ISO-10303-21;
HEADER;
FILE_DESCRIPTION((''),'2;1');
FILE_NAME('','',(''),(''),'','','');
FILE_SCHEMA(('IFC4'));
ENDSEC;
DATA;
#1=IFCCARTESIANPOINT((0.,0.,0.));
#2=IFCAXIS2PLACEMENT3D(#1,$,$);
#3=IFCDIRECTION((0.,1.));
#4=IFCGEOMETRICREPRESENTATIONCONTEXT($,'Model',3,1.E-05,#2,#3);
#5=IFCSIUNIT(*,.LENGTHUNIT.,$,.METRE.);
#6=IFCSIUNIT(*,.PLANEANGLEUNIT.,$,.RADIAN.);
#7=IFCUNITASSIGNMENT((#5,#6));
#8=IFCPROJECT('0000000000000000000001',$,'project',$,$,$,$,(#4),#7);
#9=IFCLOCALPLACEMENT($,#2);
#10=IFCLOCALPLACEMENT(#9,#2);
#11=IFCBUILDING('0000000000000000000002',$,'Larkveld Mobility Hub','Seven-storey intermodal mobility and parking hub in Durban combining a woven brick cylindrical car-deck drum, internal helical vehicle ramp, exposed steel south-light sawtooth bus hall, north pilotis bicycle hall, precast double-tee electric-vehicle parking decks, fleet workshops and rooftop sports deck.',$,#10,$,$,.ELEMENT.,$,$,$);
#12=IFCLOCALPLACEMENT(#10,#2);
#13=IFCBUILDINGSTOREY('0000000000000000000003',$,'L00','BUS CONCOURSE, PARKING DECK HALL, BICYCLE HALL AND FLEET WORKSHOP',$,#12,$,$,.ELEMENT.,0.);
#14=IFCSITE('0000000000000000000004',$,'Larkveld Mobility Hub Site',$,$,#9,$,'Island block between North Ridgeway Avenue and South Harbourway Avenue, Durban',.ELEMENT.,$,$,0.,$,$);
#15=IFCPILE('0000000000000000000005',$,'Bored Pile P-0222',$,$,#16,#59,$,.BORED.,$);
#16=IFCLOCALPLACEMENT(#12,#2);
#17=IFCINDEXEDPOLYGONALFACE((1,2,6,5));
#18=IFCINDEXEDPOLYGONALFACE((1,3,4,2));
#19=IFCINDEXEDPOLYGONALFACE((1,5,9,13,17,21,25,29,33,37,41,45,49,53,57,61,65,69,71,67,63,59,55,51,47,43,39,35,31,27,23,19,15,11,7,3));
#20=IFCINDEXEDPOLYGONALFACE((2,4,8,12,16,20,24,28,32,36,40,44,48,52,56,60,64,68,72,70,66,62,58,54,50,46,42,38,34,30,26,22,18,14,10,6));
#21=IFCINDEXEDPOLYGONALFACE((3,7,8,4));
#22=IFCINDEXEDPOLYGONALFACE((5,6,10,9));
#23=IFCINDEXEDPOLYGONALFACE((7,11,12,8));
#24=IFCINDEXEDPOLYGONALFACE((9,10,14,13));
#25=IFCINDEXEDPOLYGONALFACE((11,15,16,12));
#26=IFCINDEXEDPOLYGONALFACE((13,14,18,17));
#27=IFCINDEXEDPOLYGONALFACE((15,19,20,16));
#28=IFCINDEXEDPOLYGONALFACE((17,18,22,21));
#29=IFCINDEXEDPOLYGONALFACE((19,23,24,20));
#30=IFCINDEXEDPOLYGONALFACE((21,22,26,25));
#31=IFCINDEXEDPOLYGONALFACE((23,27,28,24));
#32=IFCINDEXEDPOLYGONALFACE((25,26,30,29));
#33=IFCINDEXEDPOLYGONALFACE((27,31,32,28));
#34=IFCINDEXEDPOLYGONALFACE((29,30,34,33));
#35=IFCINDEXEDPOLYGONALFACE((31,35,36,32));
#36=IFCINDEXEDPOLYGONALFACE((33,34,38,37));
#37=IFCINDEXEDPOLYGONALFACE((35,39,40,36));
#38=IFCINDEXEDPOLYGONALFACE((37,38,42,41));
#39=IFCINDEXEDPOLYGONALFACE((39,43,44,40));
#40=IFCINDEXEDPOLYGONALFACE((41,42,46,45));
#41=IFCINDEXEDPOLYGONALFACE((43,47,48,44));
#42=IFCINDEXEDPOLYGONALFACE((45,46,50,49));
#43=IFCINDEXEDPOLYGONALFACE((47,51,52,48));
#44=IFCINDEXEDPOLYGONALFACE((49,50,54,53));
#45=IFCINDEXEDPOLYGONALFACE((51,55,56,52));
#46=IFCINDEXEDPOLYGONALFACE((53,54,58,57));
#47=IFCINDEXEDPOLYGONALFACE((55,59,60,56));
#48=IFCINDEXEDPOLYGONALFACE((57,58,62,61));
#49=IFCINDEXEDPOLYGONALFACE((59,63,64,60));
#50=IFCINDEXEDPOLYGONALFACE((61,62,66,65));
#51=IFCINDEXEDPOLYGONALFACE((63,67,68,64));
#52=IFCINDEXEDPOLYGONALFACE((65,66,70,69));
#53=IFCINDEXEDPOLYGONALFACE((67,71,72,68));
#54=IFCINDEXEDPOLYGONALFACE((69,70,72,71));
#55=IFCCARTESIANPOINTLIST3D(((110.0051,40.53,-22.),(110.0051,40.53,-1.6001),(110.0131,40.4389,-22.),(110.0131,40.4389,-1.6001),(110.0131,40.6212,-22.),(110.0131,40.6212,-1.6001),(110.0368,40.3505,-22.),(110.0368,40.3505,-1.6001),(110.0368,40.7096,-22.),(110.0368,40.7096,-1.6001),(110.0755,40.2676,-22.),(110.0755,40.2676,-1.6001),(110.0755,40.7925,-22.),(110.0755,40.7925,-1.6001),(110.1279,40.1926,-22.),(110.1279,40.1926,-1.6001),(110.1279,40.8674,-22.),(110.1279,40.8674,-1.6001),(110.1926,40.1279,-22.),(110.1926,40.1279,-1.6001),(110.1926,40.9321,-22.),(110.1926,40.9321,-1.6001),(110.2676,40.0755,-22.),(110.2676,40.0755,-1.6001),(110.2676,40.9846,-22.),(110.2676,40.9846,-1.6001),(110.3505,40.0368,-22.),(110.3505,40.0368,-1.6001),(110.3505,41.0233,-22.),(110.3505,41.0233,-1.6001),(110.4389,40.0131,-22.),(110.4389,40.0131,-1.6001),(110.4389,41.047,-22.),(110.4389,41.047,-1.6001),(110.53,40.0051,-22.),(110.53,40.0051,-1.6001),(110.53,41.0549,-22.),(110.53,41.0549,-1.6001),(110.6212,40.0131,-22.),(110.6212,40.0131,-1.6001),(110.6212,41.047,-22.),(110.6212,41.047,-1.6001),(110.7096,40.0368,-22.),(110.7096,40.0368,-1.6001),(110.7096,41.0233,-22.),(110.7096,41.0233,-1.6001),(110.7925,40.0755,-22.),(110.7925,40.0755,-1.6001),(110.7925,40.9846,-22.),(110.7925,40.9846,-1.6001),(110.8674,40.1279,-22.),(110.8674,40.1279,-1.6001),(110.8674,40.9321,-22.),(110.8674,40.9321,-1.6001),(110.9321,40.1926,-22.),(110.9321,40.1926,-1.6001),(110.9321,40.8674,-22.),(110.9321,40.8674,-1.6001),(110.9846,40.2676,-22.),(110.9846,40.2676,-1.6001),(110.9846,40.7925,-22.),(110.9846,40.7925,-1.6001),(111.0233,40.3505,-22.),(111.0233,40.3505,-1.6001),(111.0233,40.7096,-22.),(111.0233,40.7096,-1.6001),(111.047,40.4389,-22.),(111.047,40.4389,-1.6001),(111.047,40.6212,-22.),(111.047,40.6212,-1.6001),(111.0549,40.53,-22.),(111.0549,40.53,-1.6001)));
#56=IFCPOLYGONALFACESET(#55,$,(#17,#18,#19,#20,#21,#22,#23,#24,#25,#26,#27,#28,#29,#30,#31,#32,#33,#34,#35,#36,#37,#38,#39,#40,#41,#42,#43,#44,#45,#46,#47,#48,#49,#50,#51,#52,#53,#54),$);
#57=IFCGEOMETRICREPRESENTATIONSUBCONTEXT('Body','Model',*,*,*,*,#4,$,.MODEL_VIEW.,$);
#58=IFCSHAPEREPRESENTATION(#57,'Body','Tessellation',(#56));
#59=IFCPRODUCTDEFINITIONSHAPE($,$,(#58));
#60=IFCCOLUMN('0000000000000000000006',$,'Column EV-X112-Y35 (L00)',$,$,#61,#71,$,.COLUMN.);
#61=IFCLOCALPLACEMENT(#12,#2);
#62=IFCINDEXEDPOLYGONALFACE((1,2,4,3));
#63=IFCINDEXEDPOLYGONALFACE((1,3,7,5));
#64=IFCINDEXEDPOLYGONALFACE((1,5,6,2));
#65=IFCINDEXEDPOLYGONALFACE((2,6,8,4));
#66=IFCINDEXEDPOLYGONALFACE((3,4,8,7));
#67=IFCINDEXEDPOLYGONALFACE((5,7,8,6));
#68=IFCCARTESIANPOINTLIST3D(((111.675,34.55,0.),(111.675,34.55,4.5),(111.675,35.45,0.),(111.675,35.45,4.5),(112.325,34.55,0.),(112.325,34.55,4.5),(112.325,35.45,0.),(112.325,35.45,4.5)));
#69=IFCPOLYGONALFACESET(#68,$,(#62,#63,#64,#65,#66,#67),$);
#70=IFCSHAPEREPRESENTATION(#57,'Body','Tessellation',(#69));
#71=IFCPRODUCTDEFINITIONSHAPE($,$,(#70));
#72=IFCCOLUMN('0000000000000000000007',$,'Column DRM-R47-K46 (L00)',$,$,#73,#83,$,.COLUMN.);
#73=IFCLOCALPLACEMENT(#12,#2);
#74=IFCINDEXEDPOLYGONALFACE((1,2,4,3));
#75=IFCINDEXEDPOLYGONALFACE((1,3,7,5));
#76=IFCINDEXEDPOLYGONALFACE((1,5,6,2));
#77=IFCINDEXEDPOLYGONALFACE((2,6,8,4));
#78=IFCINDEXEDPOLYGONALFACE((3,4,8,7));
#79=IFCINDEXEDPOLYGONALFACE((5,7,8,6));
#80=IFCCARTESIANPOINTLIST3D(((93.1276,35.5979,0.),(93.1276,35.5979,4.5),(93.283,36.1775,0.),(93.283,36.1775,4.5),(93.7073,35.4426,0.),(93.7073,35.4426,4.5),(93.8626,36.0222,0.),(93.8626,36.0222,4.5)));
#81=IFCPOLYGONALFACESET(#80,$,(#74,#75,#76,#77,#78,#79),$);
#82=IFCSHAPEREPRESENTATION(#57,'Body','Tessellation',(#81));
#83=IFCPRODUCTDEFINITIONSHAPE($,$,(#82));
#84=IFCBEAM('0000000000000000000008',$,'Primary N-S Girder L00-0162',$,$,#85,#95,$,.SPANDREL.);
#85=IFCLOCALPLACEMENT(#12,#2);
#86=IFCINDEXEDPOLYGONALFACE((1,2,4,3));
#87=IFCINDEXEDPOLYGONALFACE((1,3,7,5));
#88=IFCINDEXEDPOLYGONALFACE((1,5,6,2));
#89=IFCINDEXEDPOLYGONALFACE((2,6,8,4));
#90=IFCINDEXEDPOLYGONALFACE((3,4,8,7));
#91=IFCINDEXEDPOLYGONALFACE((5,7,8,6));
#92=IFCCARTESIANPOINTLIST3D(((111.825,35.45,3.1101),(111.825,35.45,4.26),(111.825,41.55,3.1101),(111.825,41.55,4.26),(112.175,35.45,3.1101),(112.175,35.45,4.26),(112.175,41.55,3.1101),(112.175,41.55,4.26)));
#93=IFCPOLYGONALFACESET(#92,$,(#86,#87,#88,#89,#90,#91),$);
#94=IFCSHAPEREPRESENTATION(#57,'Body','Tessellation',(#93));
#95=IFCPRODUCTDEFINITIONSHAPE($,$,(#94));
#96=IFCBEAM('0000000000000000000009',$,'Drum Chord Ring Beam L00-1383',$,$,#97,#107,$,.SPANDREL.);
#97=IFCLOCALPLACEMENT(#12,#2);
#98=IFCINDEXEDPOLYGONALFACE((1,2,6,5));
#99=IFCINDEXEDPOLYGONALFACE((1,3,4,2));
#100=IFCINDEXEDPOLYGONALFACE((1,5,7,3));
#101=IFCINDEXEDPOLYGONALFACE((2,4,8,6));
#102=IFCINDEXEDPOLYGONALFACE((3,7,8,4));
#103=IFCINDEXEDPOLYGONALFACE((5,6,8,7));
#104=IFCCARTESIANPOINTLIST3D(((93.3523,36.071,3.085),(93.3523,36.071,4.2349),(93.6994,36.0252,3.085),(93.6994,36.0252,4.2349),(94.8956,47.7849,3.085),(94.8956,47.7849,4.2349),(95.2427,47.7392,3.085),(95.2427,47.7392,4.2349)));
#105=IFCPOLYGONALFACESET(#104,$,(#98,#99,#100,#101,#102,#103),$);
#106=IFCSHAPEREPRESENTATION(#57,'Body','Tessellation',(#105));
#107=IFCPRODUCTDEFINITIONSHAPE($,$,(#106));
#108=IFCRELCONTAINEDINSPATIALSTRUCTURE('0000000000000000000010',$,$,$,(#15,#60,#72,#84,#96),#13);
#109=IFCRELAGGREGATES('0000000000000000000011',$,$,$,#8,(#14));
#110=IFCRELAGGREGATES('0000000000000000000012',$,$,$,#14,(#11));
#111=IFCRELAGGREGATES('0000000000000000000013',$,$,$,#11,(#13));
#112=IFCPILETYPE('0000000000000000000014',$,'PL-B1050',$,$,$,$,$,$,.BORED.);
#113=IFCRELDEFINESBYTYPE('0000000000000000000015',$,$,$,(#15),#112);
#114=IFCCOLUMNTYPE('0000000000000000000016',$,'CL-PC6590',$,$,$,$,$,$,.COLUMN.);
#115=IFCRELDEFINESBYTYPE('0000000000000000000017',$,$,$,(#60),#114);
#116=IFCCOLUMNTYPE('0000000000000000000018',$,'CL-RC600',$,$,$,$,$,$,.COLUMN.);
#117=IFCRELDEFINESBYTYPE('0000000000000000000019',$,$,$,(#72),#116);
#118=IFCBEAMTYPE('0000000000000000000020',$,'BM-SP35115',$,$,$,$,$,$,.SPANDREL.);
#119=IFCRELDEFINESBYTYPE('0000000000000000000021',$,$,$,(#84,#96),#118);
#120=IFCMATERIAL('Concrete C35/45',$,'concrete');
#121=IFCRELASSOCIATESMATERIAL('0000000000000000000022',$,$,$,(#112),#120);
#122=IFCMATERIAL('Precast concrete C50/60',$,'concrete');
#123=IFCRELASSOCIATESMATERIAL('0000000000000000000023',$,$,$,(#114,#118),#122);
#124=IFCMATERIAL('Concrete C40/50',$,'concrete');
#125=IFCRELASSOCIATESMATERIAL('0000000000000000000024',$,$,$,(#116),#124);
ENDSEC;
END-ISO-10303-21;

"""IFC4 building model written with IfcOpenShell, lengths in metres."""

from ifc_helpers import new_model, si_unit, direction, frame, origin, origin_2d, place, context, subcontext, project, spatial, rectangle, circle, extrude, material, material_profile, profile_set, type_object, element, save


model = new_model("IFC4")

# Units and contexts
model_context = context("Model", 3, precision=1e-05, world=origin(), true_north=direction((0.0, 1.0)))
body_context = subcontext(model_context, "Body", "Model", "MODEL_VIEW")
ifc_project = project(units=[si_unit("LENGTHUNIT", "METRE"), si_unit("PLANEANGLEUNIT", "RADIAN")], contexts=[model_context])

# Site, building, storey
site_placement = place(None, origin())
site = spatial("IfcSite", under=ifc_project, at=site_placement, Name="Larkveld Mobility Hub Site", LongName="Island block between North Ridgeway Avenue and South Harbourway Avenue, Durban", CompositionType="ELEMENT", RefElevation=0.0)
building_placement = place(site_placement, origin())
building = spatial("IfcBuilding", under=site, at=building_placement, Name="Larkveld Mobility Hub", Description="Seven-storey intermodal mobility and parking hub in Durban combining a woven brick cylindrical car-deck drum, internal helical vehicle ramp, exposed steel south-light sawtooth bus hall, north pilotis bicycle hall, precast double-tee electric-vehicle parking decks, fleet workshops and rooftop sports deck.", CompositionType="ELEMENT")
storey_placement = place(building_placement, origin())
storey = spatial("IfcBuildingStorey", under=building, at=storey_placement, Name="L00", Description="BUS CONCOURSE, PARKING DECK HALL, BICYCLE HALL AND FLEET WORKSHOP", CompositionType="ELEMENT", Elevation=0.0)

# Shared definitions
ifc_material_1 = material(Name="Concrete C35/45", Category="concrete")

# Pile
ifc_material_profile_1 = material_profile(ifc_material_1, circle(Radius=0.5249, at=origin_2d()), Name="PILE D1050")
ifc_profile_set_1 = profile_set([ifc_material_profile_1], Name="Concrete C35/45")
pile_type_1 = type_object("IfcPileType", Name="PL-B1050", PredefinedType="BORED", material=ifc_profile_set_1)
pile_placement = place(storey_placement, frame((110.53, 40.53, -1.6001), z_axis=(0.0, 0.0, -1.0), x_axis=(1.0, 0.0, 0.0)))
element("IfcPile", 1, at=pile_placement, inside=storey, type_object=pile_type_1, Name="Bored Pile P-0222", PredefinedType="BORED", context=body_context, shape_type="SweptSolid", body=[
    extrude(circle(Radius=0.5249, at=origin_2d()), origin(), (0.0, 0.0, 1.0), 20.3999),
])

# Columns
ifc_material_2 = material(Name="Precast concrete C50/60", Category="concrete")
ifc_material_profile_2 = material_profile(ifc_material_2, rectangle(XDim=0.6499, YDim=0.8999, at=origin_2d()), Name="RC COL 650x900")
ifc_profile_set_2 = profile_set([ifc_material_profile_2], Name="Precast concrete C50/60")
column_type_1 = type_object("IfcColumnType", Name="CL-PC6590", PredefinedType="COLUMN", material=ifc_profile_set_2)
column_1_placement = place(storey_placement, frame((112.0, 35.0, 0.0), z_axis=(0.0, 0.0, 1.0), x_axis=(1.0, 0.0, 0.0)))
element("IfcColumn", 2, at=column_1_placement, inside=storey, type_object=column_type_1, Name="Column EV-X112-Y35 (L00)", PredefinedType="COLUMN", context=body_context, shape_type="SweptSolid", body=[
    extrude(rectangle(XDim=0.6499, YDim=0.8999, at=origin_2d()), origin(), (0.0, 0.0, 1.0), 4.5),
])
ifc_material_3 = material(Name="Concrete C40/50", Category="concrete")
ifc_material_profile_3 = material_profile(ifc_material_3, rectangle(XDim=0.6001, YDim=0.6001, at=origin_2d()), Name="RC COL 600x600")
ifc_profile_set_3 = profile_set([ifc_material_profile_3], Name="Concrete C40/50")
column_type_2 = type_object("IfcColumnType", Name="CL-RC600", PredefinedType="COLUMN", material=ifc_profile_set_3)
column_2_placement = place(storey_placement, frame((93.4951, 35.8101, 0.0), z_axis=(0.0, 0.0, 1.0), x_axis=(-0.965926, 0.258819, 0.0)))
element("IfcColumn", 3, at=column_2_placement, inside=storey, type_object=column_type_2, Name="Column DRM-R47-K46 (L00)", PredefinedType="COLUMN", context=body_context, shape_type="SweptSolid", body=[
    extrude(rectangle(XDim=0.6001, YDim=0.6001, at=origin_2d()), origin(), (0.0, 0.0, 1.0), 4.5),
])

# Beams
ifc_material_profile_4 = material_profile(ifc_material_2, rectangle(XDim=0.3501, YDim=1.1499, at=origin_2d()), Name="PC SP 350x1150")
ifc_profile_set_4 = profile_set([ifc_material_profile_4], Name="Precast concrete C50/60")
beam_type = type_object("IfcBeamType", Name="BM-SP35115", PredefinedType="SPANDREL", material=ifc_profile_set_4)
beam_1_placement = place(storey_placement, frame((112.0, 35.45, 3.6851), z_axis=(0.0, 1.0, 0.0), x_axis=(-1.0, 0.0, 0.0)))
element("IfcBeam", 4, at=beam_1_placement, inside=storey, type_object=beam_type, Name="Primary N-S Girder L00-0162", PredefinedType="SPANDREL", context=body_context, shape_type="SweptSolid", body=[
    extrude(rectangle(XDim=0.3501, YDim=1.1499, at=origin_2d()), origin(), (0.0, 0.0, 1.0), 6.1001),
])
beam_2_placement = place(storey_placement, frame((93.5259, 36.0481, 3.6599), z_axis=(0.130614, 0.991433, 0.0), x_axis=(-0.991433, 0.130614, 0.0)))
element("IfcBeam", 5, at=beam_2_placement, inside=storey, type_object=beam_type, Name="Drum Chord Ring Beam L00-1383", PredefinedType="SPANDREL", context=body_context, shape_type="SweptSolid", body=[
    extrude(rectangle(XDim=0.3501, YDim=1.1499, at=origin_2d()), origin(), (0.0, 0.0, 1.0), 11.8152),
])

save(model, "model.ifc")
